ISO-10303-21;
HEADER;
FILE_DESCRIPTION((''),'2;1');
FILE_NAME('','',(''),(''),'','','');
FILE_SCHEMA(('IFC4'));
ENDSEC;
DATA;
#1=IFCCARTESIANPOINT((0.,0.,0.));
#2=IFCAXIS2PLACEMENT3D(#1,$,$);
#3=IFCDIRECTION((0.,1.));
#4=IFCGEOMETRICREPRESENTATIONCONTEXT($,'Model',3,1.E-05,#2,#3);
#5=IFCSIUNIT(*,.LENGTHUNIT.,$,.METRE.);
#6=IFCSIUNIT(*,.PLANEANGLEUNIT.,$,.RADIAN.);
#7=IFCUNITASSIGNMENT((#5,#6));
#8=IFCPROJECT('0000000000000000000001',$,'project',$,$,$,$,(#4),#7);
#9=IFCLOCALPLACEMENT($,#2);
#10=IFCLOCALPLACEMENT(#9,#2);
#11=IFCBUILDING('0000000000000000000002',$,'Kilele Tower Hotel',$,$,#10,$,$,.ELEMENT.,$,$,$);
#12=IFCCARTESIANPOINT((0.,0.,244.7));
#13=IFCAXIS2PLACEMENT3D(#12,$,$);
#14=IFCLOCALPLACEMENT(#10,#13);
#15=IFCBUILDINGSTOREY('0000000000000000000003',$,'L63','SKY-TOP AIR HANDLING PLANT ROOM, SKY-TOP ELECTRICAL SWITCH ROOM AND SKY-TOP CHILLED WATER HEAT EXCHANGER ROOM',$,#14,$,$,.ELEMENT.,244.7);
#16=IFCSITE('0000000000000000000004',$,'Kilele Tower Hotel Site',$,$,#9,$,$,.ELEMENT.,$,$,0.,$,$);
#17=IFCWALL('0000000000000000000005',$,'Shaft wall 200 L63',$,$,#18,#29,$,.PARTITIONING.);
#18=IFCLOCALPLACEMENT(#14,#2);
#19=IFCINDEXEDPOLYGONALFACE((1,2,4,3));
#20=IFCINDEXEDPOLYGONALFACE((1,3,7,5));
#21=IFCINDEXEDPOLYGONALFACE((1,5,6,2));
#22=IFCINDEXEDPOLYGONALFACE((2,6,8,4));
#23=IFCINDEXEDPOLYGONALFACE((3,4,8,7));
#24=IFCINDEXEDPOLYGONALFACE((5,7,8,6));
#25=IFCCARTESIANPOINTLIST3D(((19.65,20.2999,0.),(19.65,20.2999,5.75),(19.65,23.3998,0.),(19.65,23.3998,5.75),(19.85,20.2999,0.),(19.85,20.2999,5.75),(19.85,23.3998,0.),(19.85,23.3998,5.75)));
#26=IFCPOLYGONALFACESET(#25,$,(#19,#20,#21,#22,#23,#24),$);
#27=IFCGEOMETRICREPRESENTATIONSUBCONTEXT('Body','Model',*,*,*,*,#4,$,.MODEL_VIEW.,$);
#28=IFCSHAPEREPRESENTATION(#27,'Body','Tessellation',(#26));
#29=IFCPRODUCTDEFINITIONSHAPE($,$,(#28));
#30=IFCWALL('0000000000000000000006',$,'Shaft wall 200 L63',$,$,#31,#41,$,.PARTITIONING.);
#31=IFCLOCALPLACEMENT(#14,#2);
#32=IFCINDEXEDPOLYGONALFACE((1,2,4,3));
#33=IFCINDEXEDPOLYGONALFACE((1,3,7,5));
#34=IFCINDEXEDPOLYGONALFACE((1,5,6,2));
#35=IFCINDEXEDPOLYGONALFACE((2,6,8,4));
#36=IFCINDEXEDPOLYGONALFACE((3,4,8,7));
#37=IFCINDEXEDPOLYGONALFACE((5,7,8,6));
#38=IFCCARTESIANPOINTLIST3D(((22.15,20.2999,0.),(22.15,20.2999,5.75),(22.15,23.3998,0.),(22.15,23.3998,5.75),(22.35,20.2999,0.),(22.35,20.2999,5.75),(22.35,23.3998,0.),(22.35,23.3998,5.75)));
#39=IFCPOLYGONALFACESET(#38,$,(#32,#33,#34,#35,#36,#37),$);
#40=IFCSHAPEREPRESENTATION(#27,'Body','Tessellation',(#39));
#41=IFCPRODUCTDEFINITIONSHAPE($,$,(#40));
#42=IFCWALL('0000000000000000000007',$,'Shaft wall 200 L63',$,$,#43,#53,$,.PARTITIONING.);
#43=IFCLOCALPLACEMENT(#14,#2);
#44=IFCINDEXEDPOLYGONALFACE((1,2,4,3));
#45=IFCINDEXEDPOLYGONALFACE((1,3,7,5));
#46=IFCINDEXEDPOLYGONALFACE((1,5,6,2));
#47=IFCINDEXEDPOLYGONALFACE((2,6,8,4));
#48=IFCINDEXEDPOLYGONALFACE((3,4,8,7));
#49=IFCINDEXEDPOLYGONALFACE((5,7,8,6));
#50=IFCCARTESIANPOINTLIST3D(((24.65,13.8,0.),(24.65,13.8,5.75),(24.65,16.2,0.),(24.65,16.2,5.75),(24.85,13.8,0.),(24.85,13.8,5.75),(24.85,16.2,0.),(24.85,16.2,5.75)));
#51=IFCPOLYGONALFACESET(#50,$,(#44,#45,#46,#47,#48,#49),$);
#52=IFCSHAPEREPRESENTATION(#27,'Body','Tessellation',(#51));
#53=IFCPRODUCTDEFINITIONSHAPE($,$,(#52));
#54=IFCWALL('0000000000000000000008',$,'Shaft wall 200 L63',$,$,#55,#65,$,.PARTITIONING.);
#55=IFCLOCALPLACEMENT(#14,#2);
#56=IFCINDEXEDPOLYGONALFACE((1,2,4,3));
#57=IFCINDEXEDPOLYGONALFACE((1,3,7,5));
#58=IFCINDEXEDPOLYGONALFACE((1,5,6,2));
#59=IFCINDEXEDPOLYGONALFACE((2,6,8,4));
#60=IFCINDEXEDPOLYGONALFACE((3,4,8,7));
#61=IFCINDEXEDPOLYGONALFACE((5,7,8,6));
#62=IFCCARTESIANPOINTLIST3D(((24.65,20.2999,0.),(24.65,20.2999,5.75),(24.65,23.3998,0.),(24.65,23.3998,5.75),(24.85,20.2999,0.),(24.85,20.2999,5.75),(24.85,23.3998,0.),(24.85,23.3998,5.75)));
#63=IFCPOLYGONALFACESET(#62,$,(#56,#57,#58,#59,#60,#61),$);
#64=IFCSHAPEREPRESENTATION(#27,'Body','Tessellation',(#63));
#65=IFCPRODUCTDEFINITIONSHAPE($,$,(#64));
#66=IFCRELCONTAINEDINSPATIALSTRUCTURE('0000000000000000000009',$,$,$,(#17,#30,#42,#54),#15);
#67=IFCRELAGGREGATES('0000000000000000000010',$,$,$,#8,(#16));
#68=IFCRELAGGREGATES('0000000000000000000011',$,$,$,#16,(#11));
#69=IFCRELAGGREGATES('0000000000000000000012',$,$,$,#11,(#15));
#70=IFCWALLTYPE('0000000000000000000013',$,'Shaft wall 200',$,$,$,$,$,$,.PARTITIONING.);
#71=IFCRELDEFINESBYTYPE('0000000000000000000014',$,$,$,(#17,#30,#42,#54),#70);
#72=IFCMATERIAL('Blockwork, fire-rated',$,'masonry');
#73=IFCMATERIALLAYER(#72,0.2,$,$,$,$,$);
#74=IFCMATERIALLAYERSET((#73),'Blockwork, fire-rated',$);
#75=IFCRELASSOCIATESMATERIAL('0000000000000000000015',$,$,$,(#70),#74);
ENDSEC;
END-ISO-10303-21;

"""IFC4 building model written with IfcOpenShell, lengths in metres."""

from ifc_helpers import new_model, si_unit, direction, frame, frame_2d, origin, place, context, subcontext, project, spatial, rectangle, extrude, material, layer, layer_set, type_object, element, save


model = new_model("IFC4")

# Units and contexts
model_context = context("Model", 3, precision=1e-05, world=origin(), true_north=direction((0.0, 1.0)))
body_context = subcontext(model_context, "Body", "Model", "MODEL_VIEW")
ifc_project = project(units=[si_unit("LENGTHUNIT", "METRE"), si_unit("PLANEANGLEUNIT", "RADIAN")], contexts=[model_context])

# Site, building, storey
site_placement = place(None, origin())
site = spatial("IfcSite", under=ifc_project, at=site_placement, Name="Kilele Tower Hotel Site", CompositionType="ELEMENT", RefElevation=0.0)
building_placement = place(site_placement, origin())
building = spatial("IfcBuilding", under=site, at=building_placement, Name="Kilele Tower Hotel", CompositionType="ELEMENT")
storey_placement = place(building_placement, frame((0.0, 0.0, 244.7)))
storey = spatial("IfcBuildingStorey", under=building, at=storey_placement, Name="L63", Description="SKY-TOP AIR HANDLING PLANT ROOM, SKY-TOP ELECTRICAL SWITCH ROOM AND SKY-TOP CHILLED WATER HEAT EXCHANGER ROOM", CompositionType="ELEMENT", Elevation=244.7)

# Walls
ifc_material_1 = material(Name="Blockwork, fire-rated", Category="masonry")
ifc_layer_1 = layer(ifc_material_1, 0.2)
ifc_layer_set_1 = layer_set([ifc_layer_1], Name="Blockwork, fire-rated")
wall_type_1 = type_object("IfcWallType", Name="Shaft wall 200", PredefinedType="PARTITIONING", material=ifc_layer_set_1)
for number, where, z_axis, x_axis, name in (
    (1, (19.75, 20.3, 0.0), (0.0, 0.0, 1.0), (0.0, 1.0, 0.0), "Shaft wall 200 L63"),
    (2, (22.25, 20.3, 0.0), (0.0, 0.0, 1.0), (0.0, 1.0, 0.0), "Shaft wall 200 L63"),
):
    element("IfcWall", number, at=place(storey_placement, frame(where, z_axis=z_axis, x_axis=x_axis)), inside=storey, type_object=wall_type_1, Name=name, PredefinedType="PARTITIONING", context=body_context, shape_type="SweptSolid", body=[
        extrude(rectangle(XDim=3.0999, YDim=0.2, at=frame_2d((1.5498, 0.0))), origin(), (0.0, 0.0, 1.0), 5.75),
    ])
wall_1_placement = place(storey_placement, frame((24.75, 13.8, 0.0), z_axis=(0.0, 0.0, 1.0), x_axis=(0.0, 1.0, 0.0)))
element("IfcWall", 3, at=wall_1_placement, inside=storey, type_object=wall_type_1, Name="Shaft wall 200 L63", PredefinedType="PARTITIONING", context=body_context, shape_type="SweptSolid", body=[
    extrude(rectangle(XDim=2.3999, YDim=0.2, at=frame_2d((1.2, 0.0))), origin(), (0.0, 0.0, 1.0), 5.75),
])
wall_2_placement = place(storey_placement, frame((24.75, 20.3, 0.0), z_axis=(0.0, 0.0, 1.0), x_axis=(0.0, 1.0, 0.0)))
element("IfcWall", 4, at=wall_2_placement, inside=storey, type_object=wall_type_1, Name="Shaft wall 200 L63", PredefinedType="PARTITIONING", context=body_context, shape_type="SweptSolid", body=[
    extrude(rectangle(XDim=3.0999, YDim=0.2, at=frame_2d((1.5498, 0.0))), origin(), (0.0, 0.0, 1.0), 5.75),
])

save(model, "model.ifc")
